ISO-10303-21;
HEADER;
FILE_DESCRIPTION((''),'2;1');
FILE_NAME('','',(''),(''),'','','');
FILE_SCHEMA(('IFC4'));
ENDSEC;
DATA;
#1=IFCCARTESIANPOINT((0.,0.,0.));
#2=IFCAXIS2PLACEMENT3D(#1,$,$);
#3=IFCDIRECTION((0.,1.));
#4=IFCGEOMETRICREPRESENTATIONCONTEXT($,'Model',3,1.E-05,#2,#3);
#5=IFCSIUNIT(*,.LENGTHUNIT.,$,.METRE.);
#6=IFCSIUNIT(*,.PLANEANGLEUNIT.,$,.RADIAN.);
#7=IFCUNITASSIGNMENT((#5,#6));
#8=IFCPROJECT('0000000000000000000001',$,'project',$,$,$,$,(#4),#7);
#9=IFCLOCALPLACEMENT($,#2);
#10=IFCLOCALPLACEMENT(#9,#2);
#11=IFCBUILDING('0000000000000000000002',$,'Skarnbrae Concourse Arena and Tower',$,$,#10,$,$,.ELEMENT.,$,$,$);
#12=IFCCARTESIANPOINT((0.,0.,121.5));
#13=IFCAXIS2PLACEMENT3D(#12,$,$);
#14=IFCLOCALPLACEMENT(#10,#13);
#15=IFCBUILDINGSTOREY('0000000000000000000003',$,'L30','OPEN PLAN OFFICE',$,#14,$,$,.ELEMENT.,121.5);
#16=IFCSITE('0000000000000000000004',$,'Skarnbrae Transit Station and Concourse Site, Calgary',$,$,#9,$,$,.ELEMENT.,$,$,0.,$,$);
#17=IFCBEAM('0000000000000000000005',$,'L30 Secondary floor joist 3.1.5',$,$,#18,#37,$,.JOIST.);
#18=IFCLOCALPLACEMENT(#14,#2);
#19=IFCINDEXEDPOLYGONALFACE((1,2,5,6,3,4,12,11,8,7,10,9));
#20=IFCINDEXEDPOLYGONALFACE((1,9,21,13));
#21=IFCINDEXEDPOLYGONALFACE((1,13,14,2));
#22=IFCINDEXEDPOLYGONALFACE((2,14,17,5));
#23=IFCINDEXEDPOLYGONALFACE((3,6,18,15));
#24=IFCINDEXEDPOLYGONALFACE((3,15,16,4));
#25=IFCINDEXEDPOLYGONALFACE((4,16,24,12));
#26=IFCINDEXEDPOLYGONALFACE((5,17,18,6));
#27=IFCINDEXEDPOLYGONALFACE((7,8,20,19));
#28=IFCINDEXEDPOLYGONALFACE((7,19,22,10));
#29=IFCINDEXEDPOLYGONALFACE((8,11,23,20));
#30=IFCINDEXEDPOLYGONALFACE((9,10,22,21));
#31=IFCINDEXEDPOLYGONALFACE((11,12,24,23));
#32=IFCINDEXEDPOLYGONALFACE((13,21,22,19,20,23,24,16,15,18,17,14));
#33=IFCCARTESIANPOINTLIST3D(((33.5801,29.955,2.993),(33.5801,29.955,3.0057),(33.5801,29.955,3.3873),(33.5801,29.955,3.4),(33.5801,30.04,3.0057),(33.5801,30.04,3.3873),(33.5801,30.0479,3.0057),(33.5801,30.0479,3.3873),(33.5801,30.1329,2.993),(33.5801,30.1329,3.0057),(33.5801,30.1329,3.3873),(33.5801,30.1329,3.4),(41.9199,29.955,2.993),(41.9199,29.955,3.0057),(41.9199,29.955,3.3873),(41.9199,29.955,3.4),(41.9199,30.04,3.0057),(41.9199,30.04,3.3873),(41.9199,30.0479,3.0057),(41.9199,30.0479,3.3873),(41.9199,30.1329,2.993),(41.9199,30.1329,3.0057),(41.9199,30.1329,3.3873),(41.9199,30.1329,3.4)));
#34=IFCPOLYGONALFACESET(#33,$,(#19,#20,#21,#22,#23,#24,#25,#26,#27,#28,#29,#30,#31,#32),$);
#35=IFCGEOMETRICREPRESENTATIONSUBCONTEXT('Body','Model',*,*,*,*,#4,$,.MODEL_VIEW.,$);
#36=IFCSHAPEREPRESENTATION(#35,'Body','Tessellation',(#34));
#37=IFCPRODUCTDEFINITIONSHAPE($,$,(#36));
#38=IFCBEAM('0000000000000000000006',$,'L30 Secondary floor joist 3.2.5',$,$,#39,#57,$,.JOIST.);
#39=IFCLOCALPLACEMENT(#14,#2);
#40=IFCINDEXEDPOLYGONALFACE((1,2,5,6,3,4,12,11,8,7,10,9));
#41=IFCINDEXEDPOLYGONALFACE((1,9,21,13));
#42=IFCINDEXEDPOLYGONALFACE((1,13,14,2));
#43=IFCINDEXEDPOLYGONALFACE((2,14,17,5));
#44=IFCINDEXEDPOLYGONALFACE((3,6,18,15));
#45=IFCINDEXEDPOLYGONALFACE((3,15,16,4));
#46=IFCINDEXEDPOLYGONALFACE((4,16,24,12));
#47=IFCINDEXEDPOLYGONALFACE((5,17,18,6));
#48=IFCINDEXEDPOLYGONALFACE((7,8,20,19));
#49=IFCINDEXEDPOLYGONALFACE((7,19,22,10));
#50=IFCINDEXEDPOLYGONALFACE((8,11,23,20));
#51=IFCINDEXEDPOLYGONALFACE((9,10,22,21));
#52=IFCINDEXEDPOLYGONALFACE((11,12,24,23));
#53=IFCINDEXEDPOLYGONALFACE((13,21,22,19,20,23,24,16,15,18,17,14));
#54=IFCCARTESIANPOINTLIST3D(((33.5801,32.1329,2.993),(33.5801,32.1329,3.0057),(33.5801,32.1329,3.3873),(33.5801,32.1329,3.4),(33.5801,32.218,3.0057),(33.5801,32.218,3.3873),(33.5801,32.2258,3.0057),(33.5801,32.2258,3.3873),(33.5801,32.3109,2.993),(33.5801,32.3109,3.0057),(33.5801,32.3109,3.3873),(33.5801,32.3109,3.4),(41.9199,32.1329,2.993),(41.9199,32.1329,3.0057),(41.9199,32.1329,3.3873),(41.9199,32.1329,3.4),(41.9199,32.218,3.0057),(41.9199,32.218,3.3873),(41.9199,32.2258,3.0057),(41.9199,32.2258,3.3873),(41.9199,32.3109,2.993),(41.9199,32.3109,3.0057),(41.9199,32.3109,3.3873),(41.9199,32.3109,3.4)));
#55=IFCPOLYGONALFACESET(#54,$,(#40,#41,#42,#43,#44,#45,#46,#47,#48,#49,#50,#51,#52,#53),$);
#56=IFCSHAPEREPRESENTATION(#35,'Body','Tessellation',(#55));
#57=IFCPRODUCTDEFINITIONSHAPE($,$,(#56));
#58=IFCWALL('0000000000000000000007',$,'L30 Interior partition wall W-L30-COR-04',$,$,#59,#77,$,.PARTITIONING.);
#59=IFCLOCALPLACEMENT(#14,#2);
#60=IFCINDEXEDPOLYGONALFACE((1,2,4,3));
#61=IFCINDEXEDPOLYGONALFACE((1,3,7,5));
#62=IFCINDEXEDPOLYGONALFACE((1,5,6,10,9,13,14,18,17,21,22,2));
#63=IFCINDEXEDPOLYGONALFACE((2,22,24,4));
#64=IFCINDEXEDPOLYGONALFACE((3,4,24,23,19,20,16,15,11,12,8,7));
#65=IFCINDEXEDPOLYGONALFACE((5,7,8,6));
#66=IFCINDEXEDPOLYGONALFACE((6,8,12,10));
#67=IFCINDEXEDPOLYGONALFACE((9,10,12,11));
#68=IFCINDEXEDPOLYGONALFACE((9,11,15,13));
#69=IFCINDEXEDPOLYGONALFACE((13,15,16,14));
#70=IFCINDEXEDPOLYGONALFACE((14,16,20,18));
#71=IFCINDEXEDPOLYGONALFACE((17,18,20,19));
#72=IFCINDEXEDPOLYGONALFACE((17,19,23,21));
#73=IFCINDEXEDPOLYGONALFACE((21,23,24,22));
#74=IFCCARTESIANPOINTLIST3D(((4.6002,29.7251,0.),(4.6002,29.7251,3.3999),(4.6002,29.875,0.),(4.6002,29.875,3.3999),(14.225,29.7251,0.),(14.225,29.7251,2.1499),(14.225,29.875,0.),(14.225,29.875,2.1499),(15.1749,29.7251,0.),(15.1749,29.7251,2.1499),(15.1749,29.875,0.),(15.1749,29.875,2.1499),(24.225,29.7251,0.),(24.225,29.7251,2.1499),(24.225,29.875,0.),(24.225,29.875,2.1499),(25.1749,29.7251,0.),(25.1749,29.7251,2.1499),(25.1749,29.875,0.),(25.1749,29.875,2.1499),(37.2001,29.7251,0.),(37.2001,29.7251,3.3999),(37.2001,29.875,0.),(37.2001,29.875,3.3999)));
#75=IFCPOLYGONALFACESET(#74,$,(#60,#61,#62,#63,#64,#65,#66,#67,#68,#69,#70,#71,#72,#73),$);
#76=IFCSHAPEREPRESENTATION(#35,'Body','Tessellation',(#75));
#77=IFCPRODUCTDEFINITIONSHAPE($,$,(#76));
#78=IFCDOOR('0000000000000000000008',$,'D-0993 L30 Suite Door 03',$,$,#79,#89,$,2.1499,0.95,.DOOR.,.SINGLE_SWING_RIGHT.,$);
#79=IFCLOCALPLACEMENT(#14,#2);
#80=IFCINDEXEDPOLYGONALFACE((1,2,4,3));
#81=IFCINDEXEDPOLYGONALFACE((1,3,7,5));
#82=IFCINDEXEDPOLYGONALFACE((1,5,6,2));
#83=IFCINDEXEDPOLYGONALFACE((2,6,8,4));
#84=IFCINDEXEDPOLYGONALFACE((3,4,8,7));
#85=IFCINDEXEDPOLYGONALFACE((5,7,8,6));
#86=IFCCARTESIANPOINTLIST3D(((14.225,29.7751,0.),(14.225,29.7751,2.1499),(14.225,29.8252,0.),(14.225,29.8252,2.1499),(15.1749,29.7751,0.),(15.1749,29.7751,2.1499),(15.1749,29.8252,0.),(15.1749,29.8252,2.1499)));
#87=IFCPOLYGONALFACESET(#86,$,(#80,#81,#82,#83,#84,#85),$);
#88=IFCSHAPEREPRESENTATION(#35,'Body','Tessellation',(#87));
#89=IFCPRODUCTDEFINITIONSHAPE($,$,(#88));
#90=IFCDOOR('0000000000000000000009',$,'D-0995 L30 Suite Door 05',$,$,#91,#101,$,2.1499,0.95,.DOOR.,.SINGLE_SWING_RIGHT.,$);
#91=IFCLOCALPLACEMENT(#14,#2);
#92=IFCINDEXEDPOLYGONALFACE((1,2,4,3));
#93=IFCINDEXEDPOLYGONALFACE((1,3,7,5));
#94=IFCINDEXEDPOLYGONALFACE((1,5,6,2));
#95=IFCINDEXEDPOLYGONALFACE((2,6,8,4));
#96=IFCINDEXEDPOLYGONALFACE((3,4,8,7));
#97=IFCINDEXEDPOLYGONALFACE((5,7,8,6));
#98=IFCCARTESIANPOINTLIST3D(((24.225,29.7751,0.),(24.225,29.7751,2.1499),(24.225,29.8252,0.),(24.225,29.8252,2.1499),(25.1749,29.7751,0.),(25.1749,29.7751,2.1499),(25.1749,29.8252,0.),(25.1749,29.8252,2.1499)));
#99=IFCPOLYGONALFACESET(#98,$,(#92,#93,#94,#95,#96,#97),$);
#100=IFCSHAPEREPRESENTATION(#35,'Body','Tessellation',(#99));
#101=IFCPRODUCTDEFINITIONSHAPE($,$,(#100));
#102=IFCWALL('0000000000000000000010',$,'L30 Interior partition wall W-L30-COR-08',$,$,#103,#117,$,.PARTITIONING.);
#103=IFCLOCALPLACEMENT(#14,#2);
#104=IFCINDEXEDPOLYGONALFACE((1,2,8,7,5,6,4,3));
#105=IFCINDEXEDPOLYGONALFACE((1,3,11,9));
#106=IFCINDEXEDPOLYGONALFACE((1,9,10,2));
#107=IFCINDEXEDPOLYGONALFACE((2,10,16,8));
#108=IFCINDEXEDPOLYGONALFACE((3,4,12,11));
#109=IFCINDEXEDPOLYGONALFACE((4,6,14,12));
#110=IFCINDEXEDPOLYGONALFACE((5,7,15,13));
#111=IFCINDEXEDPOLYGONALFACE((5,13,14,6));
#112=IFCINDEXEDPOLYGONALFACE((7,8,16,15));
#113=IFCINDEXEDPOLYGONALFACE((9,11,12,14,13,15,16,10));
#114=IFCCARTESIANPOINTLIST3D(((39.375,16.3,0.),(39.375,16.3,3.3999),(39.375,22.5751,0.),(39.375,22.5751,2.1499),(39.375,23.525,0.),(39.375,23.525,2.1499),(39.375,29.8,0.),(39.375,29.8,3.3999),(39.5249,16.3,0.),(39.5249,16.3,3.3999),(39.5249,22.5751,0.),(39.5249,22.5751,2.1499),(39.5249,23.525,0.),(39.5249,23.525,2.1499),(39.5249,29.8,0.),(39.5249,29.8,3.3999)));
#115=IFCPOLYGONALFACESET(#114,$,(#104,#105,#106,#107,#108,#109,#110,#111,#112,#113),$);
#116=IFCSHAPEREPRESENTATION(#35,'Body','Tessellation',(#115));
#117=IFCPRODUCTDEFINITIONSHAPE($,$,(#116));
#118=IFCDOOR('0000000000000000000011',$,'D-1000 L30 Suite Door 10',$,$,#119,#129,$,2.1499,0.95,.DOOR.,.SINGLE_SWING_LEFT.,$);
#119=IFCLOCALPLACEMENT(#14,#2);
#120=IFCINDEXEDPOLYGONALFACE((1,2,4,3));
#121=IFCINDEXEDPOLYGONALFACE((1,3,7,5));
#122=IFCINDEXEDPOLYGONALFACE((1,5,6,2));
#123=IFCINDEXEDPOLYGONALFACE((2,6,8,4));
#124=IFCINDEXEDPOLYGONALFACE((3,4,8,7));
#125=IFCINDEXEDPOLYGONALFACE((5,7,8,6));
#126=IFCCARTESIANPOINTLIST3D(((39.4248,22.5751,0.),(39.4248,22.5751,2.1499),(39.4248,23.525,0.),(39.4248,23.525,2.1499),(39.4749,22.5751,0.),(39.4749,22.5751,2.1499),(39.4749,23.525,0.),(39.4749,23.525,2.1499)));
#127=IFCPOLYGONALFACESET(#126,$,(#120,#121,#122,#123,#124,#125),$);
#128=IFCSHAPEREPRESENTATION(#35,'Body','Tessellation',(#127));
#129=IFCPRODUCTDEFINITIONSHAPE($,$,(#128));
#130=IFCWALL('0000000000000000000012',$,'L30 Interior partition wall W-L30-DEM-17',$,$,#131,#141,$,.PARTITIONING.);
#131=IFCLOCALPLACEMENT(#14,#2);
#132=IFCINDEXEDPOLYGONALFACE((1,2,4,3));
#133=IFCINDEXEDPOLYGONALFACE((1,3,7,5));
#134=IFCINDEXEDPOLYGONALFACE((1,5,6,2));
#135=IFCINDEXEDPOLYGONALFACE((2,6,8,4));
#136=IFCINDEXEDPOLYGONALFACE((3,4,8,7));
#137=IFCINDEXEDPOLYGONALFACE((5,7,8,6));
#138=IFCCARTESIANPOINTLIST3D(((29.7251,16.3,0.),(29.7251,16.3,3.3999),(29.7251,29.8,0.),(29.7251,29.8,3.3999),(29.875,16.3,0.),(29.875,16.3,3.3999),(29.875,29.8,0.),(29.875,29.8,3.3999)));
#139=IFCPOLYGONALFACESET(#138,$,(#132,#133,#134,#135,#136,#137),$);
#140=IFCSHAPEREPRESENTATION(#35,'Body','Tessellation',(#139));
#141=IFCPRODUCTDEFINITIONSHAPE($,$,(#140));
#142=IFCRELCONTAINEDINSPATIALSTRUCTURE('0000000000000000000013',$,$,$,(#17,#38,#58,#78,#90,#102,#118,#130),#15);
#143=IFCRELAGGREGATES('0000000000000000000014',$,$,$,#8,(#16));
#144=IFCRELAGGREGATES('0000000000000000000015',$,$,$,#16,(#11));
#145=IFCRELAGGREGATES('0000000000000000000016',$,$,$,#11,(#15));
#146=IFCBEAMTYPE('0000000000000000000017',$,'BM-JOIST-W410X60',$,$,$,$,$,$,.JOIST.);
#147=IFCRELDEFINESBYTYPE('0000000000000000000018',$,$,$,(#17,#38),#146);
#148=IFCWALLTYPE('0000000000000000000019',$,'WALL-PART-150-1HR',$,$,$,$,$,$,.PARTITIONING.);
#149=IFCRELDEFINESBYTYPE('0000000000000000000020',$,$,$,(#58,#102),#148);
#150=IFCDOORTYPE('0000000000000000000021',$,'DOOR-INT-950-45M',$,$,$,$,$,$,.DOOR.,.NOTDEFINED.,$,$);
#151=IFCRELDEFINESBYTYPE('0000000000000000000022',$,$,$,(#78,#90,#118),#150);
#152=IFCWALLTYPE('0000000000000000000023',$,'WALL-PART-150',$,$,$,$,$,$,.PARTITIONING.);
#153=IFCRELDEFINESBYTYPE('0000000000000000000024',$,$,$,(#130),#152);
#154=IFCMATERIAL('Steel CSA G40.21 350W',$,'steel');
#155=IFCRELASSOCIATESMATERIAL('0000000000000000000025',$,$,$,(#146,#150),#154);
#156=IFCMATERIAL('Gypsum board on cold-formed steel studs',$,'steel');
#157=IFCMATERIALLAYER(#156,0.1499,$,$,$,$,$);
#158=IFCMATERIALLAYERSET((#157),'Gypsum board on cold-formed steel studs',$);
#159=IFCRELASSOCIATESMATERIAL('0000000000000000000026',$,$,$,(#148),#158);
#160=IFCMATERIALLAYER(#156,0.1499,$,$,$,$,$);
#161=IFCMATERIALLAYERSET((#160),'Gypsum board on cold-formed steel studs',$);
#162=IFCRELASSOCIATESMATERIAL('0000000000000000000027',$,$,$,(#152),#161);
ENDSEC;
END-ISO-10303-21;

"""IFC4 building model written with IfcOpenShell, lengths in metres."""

from ifc_helpers import new_model, si_unit, direction, frame, frame_2d, origin, origin_2d, place, context, subcontext, project, spatial, rectangle, i_section, extrude, source, transform, mapped, material, layer, layer_set, material_profile, profile_set, type_object, element, fill, save


model = new_model("IFC4")

# Units and contexts
model_context = context("Model", 3, precision=1e-05, world=origin(), true_north=direction((0.0, 1.0)))
body_context = subcontext(model_context, "Body", "Model", "MODEL_VIEW")
ifc_project = project(units=[si_unit("LENGTHUNIT", "METRE"), si_unit("PLANEANGLEUNIT", "RADIAN")], contexts=[model_context])

# Site, building, storey
site_placement = place(None, origin())
site = spatial("IfcSite", under=ifc_project, at=site_placement, Name="Skarnbrae Transit Station and Concourse Site, Calgary", CompositionType="ELEMENT", RefElevation=0.0)
building_placement = place(site_placement, origin())
building = spatial("IfcBuilding", under=site, at=building_placement, Name="Skarnbrae Concourse Arena and Tower", CompositionType="ELEMENT")
storey_placement = place(building_placement, frame((0.0, 0.0, 121.5)))
storey = spatial("IfcBuildingStorey", under=building, at=storey_placement, Name="L30", Description="OPEN PLAN OFFICE", CompositionType="ELEMENT", Elevation=121.5)

# Shared definitions
ifc_material_1 = material(Name="Steel CSA G40.21 350W", Category="steel")

# Beams
ifc_material_profile_1 = material_profile(ifc_material_1, i_section(OverallWidth=0.178, OverallDepth=0.407, WebThickness=0.0078, FlangeThickness=0.0127, at=origin_2d()), Name="W410X60")
ifc_profile_set_1 = profile_set([ifc_material_profile_1], Name="Steel CSA G40.21 350W")
beam_type_1 = type_object("IfcBeamType", Name="BM-JOIST-W410X60", PredefinedType="JOIST", material=ifc_profile_set_1)
shared_shape_1 = source(origin(), body_context, "Body", "SweptSolid", [
    extrude(i_section(OverallWidth=0.178, OverallDepth=0.407, WebThickness=0.0078, FlangeThickness=0.0127, at=origin_2d()), origin(), (0.0, 0.0, 1.0), 8.3398),
])
for number, where, z_axis, x_axis, name in (
    (1, (33.5801, 30.0439, 3.1965), (1.0, 0.0, 0.0), (0.0, 1.0, 0.0), "L30 Secondary floor joist 3.1.5"),
    (2, (33.5801, 32.2219, 3.1965), (1.0, 0.0, 0.0), (0.0, 1.0, 0.0), "L30 Secondary floor joist 3.2.5"),
):
    element("IfcBeam", number, at=place(storey_placement, frame(where, z_axis=z_axis, x_axis=x_axis)), inside=storey, type_object=beam_type_1, Name=name, PredefinedType="JOIST", context=body_context, shape_type="MappedRepresentation", body=[
        mapped(shared_shape_1, transform((0.0, 0.0, 0.0))),
    ])

# Wall, openings, doors
ifc_material_2 = material(Name="Gypsum board on cold-formed steel studs", Category="steel")
ifc_layer_1 = layer(ifc_material_2, 0.1499)
ifc_layer_set_1 = layer_set([ifc_layer_1], Name="Gypsum board on cold-formed steel studs")
wall_type_1 = type_object("IfcWallType", Name="WALL-PART-150-1HR", PredefinedType="PARTITIONING", material=ifc_layer_set_1)
shared_shape_2 = source(origin(), body_context, "Body", "SweptSolid", [
    extrude(rectangle(XDim=32.5999, YDim=0.1499, at=frame_2d((16.2998, 0.0))), origin(), (0.0, 0.0, 1.0), 3.3999),
])
wall_1_placement = place(storey_placement, frame((37.2, 29.8, 0.0), z_axis=(0.0, 0.0, 1.0), x_axis=(-1.0, 0.0, 0.0)))
wall_1 = element("IfcWall", 3, at=wall_1_placement, inside=storey, type_object=wall_type_1, Name="L30 Interior partition wall W-L30-COR-04", PredefinedType="PARTITIONING", context=body_context, shape_type="MappedRepresentation", body=[
    mapped(shared_shape_2, transform((0.0, 0.0, 0.0))),
])
opening_1_placement = place(wall_1_placement, frame((22.0249, 0.0, 0.0)))
opening_1 = element("IfcOpeningElement", 4, at=opening_1_placement, cuts=wall_1, PredefinedType="OPENING", context=body_context, shape_type="SweptSolid", body=[
    extrude(rectangle(XDim=0.95, YDim=2.1499, at=frame_2d((0.4751, 1.075))), frame((0.0, 0.085, 0.0), z_axis=(0.0, -1.0, 0.0), x_axis=(1.0, 0.0, 0.0)), (0.0, 0.0, 1.0), 0.1699),
])
opening_2_placement = place(wall_1_placement, frame((12.0249, 0.0, 0.0)))
opening_2 = element("IfcOpeningElement", 5, at=opening_2_placement, cuts=wall_1, PredefinedType="OPENING", context=body_context, shape_type="SweptSolid", body=[
    extrude(rectangle(XDim=0.95, YDim=2.1499, at=frame_2d((0.4751, 1.075))), frame((0.0, 0.085, 0.0), z_axis=(0.0, -1.0, 0.0), x_axis=(1.0, 0.0, 0.0)), (0.0, 0.0, 1.0), 0.1699),
])
door_type = type_object("IfcDoorType", Name="DOOR-INT-950-45M", OperationType="NOTDEFINED", PredefinedType="DOOR", material=ifc_material_1)
shared_shape_3 = source(origin(), body_context, "Body", "SweptSolid", [
    extrude(rectangle(XDim=0.95, YDim=2.1499, at=frame_2d((0.4751, 1.075))), frame((0.0, 0.0249, 0.0), z_axis=(0.0, -1.0, 0.0), x_axis=(1.0, 0.0, 0.0)), (0.0, 0.0, 1.0), 0.05),
])
door_1_placement = place(opening_1_placement, origin())
door_1 = element("IfcDoor", 6, at=door_1_placement, inside=storey, type_object=door_type, Name="D-0993 L30 Suite Door 03", OperationType="SINGLE_SWING_RIGHT", OverallHeight=2.1499, OverallWidth=0.95, PredefinedType="DOOR", context=body_context, shape_type="MappedRepresentation", body=[
    mapped(shared_shape_3, transform((0.0, 0.0, 0.0))),
])
fill(opening_1, door_1)
door_2_placement = place(opening_2_placement, origin())
door_2 = element("IfcDoor", 7, at=door_2_placement, inside=storey, type_object=door_type, Name="D-0995 L30 Suite Door 05", OperationType="SINGLE_SWING_RIGHT", OverallHeight=2.1499, OverallWidth=0.95, PredefinedType="DOOR", context=body_context, shape_type="MappedRepresentation", body=[
    mapped(shared_shape_3, transform((0.0, 0.0, 0.0))),
])
fill(opening_2, door_2)

# Wall, opening, door
shared_shape_4 = source(origin(), body_context, "Body", "SweptSolid", [
    extrude(rectangle(XDim=13.5, YDim=0.1499, at=frame_2d((6.75, 0.0))), origin(), (0.0, 0.0, 1.0), 3.3999),
])
wall_2_placement = place(storey_placement, frame((39.45, 29.8, 0.0), z_axis=(0.0, 0.0, 1.0), x_axis=(0.0, -1.0, 0.0)))
wall_2 = element("IfcWall", 8, at=wall_2_placement, inside=storey, type_object=wall_type_1, Name="L30 Interior partition wall W-L30-COR-08", PredefinedType="PARTITIONING", context=body_context, shape_type="MappedRepresentation", body=[
    mapped(shared_shape_4, transform((0.0, 0.0, 0.0))),
])
opening_3_placement = place(wall_2_placement, frame((6.2749, 0.0, 0.0)))
opening_3 = element("IfcOpeningElement", 9, at=opening_3_placement, cuts=wall_2, PredefinedType="OPENING", context=body_context, shape_type="SweptSolid", body=[
    extrude(rectangle(XDim=0.95, YDim=2.1499, at=frame_2d((0.4751, 1.075))), frame((0.0, 0.085, 0.0), z_axis=(0.0, -1.0, 0.0), x_axis=(1.0, 0.0, 0.0)), (0.0, 0.0, 1.0), 0.1699),
])
door_3_placement = place(opening_3_placement, origin())
door_3 = element("IfcDoor", 10, at=door_3_placement, inside=storey, type_object=door_type, Name="D-1000 L30 Suite Door 10", OperationType="SINGLE_SWING_LEFT", OverallHeight=2.1499, OverallWidth=0.95, PredefinedType="DOOR", context=body_context, shape_type="MappedRepresentation", body=[
    mapped(shared_shape_3, transform((0.0, 0.0, 0.0))),
])
fill(opening_3, door_3)

# Wall
ifc_layer_2 = layer(ifc_material_2, 0.1499)
ifc_layer_set_2 = layer_set([ifc_layer_2], Name="Gypsum board on cold-formed steel studs")
wall_type_2 = type_object("IfcWallType", Name="WALL-PART-150", PredefinedType="PARTITIONING", material=ifc_layer_set_2)
wall_3_placement = place(storey_placement, frame((29.8, 29.8, 0.0), z_axis=(0.0, 0.0, 1.0), x_axis=(0.0, -1.0, 0.0)))
element("IfcWall", 11, at=wall_3_placement, inside=storey, type_object=wall_type_2, Name="L30 Interior partition wall W-L30-DEM-17", PredefinedType="PARTITIONING", context=body_context, shape_type="MappedRepresentation", body=[
    mapped(shared_shape_4, transform((0.0, 0.0, 0.0))),
])

save(model, "model.ifc")
